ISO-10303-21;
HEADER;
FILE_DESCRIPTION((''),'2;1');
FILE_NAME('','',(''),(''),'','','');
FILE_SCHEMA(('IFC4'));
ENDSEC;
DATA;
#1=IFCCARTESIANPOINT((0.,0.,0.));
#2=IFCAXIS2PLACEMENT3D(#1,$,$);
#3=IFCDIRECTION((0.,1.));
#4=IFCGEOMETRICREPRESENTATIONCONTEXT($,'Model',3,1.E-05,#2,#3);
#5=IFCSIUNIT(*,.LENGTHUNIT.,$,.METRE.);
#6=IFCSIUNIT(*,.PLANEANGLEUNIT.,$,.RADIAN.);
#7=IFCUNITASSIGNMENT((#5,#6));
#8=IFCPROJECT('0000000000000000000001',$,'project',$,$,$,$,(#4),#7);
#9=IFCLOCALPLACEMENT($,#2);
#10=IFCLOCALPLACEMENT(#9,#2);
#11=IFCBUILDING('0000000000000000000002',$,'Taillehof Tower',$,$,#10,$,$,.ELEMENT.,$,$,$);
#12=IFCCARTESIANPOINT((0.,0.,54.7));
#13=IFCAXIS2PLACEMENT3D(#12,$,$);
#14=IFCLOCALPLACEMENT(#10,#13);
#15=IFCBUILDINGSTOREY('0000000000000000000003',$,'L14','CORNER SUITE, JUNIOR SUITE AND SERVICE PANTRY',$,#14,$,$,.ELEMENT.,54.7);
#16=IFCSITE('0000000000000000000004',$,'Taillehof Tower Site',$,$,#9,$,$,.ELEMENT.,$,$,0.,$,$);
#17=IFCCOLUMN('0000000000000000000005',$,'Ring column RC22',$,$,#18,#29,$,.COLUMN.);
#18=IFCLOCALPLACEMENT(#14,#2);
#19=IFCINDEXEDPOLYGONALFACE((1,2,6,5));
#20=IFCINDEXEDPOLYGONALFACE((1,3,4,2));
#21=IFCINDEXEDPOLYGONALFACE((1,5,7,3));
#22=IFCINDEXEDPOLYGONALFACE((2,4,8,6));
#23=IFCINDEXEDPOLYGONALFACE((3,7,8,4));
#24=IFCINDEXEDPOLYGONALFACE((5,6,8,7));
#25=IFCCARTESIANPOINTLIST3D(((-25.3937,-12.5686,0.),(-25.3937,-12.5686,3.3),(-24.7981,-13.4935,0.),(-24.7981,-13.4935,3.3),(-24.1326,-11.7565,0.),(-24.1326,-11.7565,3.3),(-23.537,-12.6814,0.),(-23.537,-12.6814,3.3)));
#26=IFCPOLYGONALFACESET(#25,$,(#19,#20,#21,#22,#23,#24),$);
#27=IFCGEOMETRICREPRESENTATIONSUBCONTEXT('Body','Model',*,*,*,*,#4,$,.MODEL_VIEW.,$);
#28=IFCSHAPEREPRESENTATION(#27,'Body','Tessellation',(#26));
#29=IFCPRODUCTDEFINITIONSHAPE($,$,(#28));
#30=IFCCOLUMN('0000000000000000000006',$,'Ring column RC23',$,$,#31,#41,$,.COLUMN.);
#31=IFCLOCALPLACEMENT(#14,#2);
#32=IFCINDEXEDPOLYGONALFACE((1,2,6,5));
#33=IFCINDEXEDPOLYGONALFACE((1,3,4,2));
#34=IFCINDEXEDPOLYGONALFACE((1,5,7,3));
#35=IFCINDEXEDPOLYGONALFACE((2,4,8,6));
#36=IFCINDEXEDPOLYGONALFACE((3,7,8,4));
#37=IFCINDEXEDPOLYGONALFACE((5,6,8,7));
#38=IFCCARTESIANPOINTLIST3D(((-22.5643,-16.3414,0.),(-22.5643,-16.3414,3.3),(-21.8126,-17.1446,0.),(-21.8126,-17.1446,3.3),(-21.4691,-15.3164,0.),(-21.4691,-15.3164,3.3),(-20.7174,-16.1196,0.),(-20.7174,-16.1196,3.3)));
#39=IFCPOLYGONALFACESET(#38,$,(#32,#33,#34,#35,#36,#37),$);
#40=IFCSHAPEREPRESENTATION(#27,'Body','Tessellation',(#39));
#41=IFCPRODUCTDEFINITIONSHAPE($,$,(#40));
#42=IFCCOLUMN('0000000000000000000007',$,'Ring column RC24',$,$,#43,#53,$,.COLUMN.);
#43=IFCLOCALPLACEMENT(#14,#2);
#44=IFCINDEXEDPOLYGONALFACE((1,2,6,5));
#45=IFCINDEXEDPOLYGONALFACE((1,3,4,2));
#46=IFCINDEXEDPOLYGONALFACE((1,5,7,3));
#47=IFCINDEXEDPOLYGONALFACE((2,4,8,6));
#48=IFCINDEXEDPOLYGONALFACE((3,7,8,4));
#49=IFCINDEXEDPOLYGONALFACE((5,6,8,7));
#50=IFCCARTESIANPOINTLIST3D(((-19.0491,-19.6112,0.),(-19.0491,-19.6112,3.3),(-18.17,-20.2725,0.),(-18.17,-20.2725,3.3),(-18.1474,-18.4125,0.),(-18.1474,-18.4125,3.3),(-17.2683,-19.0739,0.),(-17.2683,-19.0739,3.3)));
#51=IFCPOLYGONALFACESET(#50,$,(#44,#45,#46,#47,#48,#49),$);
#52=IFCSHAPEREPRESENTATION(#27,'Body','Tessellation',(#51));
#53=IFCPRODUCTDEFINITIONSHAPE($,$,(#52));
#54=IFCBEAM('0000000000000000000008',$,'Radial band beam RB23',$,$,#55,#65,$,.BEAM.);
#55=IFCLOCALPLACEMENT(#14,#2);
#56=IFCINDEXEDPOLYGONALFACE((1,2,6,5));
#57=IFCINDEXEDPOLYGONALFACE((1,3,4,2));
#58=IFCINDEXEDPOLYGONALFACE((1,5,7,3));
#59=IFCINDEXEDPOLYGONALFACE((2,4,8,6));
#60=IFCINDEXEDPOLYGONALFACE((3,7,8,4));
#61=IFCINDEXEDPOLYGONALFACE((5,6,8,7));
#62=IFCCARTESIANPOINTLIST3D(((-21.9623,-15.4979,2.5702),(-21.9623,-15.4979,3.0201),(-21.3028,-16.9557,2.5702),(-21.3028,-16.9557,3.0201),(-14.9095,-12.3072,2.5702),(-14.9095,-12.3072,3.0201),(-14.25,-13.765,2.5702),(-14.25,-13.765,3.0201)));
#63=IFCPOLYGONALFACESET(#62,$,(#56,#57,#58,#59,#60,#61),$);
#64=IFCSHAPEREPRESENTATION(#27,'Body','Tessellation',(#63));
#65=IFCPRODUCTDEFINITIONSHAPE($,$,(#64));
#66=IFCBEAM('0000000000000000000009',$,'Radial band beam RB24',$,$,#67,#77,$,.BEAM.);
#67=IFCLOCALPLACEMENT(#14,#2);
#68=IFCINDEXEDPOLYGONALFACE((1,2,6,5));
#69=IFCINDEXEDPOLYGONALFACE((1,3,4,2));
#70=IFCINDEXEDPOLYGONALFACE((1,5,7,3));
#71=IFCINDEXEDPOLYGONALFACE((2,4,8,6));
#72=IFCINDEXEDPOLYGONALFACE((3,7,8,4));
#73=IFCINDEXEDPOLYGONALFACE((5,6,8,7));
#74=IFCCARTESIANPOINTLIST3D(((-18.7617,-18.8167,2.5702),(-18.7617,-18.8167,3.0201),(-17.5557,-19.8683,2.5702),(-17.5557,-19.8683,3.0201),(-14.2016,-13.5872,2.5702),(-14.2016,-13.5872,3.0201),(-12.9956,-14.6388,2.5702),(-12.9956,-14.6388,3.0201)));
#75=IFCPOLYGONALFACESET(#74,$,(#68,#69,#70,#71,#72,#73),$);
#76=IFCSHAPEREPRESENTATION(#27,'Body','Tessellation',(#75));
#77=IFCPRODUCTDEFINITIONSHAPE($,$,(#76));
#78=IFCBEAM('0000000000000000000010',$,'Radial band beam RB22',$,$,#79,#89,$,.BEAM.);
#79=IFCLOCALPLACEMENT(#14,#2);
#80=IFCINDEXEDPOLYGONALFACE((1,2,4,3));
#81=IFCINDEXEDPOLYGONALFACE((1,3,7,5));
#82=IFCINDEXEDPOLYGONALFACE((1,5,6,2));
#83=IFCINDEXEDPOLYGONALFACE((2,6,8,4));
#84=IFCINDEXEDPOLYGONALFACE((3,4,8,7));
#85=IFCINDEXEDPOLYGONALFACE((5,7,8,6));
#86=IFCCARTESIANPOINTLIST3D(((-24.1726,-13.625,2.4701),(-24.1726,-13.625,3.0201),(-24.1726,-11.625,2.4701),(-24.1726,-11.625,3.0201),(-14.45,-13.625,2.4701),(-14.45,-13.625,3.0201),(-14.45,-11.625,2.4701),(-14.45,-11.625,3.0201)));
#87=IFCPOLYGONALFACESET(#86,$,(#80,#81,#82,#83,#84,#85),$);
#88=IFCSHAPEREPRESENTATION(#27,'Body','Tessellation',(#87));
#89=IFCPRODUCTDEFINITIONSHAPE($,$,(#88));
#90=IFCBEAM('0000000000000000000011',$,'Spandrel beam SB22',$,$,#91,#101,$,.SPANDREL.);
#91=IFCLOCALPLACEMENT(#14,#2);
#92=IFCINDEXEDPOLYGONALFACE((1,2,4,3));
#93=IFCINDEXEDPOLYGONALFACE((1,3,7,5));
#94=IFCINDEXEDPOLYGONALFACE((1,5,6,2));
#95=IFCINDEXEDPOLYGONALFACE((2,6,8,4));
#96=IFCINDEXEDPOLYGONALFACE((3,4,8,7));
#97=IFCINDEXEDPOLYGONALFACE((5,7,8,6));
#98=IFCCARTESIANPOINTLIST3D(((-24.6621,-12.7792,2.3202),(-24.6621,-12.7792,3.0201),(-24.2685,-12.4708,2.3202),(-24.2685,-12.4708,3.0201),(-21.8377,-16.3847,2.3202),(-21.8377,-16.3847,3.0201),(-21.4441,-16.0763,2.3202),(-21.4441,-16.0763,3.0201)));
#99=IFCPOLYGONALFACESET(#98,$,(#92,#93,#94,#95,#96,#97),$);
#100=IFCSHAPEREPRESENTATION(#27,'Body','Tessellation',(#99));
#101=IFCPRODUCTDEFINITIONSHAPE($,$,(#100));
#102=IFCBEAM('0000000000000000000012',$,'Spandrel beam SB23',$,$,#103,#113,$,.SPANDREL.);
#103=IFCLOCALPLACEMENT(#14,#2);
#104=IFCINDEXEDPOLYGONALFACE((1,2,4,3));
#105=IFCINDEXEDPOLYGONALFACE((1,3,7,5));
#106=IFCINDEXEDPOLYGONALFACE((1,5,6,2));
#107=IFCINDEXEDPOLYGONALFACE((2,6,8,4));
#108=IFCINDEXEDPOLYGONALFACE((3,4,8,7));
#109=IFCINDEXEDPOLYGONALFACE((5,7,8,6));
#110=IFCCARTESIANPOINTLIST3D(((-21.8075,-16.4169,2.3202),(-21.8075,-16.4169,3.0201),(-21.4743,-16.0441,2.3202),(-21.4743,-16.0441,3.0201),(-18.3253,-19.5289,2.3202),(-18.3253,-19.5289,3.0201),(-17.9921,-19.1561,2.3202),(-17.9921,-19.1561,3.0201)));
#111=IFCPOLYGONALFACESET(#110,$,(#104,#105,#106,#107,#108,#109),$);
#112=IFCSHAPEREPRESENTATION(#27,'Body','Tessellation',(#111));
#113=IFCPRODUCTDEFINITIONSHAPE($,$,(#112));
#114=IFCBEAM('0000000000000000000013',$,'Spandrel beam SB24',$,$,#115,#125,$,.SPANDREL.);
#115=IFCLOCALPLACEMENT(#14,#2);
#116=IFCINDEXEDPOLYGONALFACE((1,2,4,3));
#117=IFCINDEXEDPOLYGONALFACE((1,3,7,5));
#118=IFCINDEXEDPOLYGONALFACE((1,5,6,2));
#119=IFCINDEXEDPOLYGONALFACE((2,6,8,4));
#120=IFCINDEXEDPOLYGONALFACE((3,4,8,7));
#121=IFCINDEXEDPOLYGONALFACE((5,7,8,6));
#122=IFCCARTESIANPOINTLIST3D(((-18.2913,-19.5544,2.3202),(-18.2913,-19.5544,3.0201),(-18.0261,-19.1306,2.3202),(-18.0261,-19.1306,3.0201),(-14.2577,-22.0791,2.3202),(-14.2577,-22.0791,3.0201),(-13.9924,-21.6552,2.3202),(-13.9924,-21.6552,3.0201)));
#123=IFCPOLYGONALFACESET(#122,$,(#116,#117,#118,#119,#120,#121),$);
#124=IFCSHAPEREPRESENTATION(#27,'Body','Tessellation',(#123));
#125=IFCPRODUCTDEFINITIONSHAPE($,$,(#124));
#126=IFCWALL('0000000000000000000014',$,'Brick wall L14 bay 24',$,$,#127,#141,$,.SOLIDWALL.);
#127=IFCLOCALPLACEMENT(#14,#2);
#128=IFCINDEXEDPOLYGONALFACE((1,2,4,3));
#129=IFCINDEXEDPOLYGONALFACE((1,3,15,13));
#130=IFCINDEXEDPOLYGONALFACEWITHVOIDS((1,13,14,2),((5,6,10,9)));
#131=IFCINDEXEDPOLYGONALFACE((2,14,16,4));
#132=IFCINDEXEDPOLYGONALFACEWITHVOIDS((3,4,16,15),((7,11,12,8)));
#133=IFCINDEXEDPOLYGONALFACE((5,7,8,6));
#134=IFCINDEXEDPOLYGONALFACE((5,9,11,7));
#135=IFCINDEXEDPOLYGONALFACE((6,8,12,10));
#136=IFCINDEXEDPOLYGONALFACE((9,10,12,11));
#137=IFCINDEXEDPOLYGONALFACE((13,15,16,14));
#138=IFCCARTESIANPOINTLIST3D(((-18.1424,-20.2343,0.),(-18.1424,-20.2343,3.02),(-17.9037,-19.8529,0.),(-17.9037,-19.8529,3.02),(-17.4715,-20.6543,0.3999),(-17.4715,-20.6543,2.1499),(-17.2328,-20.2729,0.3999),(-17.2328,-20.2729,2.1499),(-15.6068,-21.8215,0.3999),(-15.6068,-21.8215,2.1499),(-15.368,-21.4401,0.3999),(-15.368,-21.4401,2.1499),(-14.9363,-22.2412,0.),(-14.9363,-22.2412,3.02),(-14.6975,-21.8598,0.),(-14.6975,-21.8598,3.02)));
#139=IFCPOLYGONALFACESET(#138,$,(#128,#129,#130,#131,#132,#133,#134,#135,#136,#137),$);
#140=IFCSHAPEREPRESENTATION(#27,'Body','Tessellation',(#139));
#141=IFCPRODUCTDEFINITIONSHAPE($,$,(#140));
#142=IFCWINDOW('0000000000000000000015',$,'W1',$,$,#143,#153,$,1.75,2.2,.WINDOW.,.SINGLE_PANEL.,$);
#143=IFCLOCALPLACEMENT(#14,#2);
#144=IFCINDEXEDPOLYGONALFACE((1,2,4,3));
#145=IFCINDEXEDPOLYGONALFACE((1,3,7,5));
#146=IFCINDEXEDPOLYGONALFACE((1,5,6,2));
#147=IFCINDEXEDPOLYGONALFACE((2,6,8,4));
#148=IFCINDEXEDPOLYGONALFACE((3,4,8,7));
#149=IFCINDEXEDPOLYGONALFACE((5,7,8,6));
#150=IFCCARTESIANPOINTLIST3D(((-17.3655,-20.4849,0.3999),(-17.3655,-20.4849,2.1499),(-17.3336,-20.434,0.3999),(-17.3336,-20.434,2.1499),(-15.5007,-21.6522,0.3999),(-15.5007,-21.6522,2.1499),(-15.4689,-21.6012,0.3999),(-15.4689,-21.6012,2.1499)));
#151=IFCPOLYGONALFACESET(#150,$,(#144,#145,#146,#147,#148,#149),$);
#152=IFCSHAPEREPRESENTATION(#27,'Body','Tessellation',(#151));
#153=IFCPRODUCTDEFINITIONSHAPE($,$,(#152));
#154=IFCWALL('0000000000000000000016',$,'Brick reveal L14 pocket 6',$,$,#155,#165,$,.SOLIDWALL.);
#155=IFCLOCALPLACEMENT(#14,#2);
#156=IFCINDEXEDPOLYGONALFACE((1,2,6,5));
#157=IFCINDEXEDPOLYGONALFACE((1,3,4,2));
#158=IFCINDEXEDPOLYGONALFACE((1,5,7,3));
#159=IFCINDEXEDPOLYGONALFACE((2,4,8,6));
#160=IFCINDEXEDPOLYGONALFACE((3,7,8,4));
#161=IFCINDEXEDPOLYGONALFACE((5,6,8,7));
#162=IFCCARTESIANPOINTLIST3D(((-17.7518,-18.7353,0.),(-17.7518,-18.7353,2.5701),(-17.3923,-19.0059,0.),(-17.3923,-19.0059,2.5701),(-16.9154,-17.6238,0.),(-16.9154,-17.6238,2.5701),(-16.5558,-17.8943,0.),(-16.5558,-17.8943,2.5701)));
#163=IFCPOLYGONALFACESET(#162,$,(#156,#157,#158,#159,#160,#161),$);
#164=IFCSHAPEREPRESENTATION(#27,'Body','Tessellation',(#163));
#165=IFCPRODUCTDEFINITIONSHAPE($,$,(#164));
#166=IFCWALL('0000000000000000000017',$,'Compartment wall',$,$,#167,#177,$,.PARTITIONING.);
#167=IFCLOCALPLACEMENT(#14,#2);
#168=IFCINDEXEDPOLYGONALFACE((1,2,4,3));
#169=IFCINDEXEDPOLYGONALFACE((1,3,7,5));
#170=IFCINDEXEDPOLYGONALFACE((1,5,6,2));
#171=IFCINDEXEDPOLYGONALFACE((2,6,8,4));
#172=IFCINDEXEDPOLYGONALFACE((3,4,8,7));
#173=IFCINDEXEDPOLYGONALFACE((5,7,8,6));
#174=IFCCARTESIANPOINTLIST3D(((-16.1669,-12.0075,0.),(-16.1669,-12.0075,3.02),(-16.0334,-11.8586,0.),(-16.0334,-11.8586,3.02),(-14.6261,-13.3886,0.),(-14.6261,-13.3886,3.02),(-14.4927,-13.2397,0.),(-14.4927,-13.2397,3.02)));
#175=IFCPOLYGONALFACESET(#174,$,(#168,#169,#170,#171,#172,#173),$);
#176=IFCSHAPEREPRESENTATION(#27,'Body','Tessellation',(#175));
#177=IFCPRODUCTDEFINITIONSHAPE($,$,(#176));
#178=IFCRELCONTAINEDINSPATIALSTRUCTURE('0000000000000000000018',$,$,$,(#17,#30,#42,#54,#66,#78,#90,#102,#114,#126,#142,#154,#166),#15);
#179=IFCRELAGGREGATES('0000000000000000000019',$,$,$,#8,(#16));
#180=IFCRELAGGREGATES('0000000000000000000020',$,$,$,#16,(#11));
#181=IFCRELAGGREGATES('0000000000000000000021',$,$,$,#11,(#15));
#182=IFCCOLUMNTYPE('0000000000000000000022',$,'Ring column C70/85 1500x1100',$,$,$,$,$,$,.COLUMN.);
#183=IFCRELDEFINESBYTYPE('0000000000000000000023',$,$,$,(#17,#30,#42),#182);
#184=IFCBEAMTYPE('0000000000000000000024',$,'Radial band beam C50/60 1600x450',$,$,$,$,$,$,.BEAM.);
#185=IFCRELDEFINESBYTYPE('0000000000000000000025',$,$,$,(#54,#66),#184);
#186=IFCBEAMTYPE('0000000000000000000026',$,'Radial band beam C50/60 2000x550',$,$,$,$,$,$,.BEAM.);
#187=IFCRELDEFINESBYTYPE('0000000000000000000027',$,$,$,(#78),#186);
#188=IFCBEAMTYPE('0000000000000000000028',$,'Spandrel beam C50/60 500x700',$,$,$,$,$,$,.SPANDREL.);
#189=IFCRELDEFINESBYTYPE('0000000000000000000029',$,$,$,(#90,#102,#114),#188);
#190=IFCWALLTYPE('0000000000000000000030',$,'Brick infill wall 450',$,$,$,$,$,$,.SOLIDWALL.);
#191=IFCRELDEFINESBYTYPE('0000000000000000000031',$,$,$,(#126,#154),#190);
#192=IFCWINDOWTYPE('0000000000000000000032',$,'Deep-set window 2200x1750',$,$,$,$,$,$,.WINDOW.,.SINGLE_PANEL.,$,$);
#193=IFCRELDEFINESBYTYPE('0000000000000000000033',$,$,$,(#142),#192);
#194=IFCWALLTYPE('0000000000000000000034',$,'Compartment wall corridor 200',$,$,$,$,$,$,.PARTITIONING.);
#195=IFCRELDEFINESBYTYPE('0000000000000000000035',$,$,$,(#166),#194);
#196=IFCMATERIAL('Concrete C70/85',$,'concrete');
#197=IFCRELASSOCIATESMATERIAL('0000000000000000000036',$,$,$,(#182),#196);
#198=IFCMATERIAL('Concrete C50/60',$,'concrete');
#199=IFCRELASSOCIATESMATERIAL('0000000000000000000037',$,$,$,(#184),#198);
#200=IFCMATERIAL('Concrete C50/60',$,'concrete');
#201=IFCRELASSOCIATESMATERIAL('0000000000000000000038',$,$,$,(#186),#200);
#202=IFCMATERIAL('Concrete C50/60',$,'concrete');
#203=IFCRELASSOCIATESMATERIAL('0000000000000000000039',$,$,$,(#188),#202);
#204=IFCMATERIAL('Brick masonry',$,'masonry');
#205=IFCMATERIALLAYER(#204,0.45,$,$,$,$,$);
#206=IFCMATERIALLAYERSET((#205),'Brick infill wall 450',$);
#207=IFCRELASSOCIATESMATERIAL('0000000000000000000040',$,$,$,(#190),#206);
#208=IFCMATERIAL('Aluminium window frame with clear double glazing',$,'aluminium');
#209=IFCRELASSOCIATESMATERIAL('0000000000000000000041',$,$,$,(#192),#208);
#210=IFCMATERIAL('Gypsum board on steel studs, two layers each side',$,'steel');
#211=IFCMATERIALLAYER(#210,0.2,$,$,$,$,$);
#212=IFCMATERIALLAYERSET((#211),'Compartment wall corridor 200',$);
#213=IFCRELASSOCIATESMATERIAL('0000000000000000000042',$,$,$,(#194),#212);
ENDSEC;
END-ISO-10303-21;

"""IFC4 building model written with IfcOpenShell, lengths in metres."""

from ifc_helpers import new_model, si_unit, direction, frame, frame_2d, origin, origin_2d, place, context, subcontext, project, spatial, rectangle, extrude, material, layer, layer_set, material_profile, profile_set, type_object, element, fill, save


model = new_model("IFC4")

# Units and contexts
model_context = context("Model", 3, precision=1e-05, world=origin(), true_north=direction((0.0, 1.0)))
body_context = subcontext(model_context, "Body", "Model", "MODEL_VIEW")
ifc_project = project(units=[si_unit("LENGTHUNIT", "METRE"), si_unit("PLANEANGLEUNIT", "RADIAN")], contexts=[model_context])

# Site, building, storey
site_placement = place(None, origin())
site = spatial("IfcSite", under=ifc_project, at=site_placement, Name="Taillehof Tower Site", CompositionType="ELEMENT", RefElevation=0.0)
building_placement = place(site_placement, origin())
building = spatial("IfcBuilding", under=site, at=building_placement, Name="Taillehof Tower", CompositionType="ELEMENT")
storey_placement = place(building_placement, frame((0.0, 0.0, 54.7)))
storey = spatial("IfcBuildingStorey", under=building, at=storey_placement, Name="L14", Description="CORNER SUITE, JUNIOR SUITE AND SERVICE PANTRY", CompositionType="ELEMENT", Elevation=54.7)

# Columns
ifc_material_1 = material(Name="Concrete C70/85", Category="concrete")
ifc_material_profile_1 = material_profile(ifc_material_1, rectangle(XDim=1.5, YDim=1.1001, at=origin_2d()), Name="RC 1500x1100")
ifc_profile_set_1 = profile_set([ifc_material_profile_1], Name="Concrete C70/85")
column_type = type_object("IfcColumnType", Name="Ring column C70/85 1500x1100", PredefinedType="COLUMN", material=ifc_profile_set_1)
for number, where, z_axis, x_axis, name in (
    (1, (-24.4653, -12.625, 0.0), (0.0, 0.0, 1.0), (-0.840754, -0.541418, 0.0), "Ring column RC22"),
    (2, (-21.6409, -16.2305, 0.0), (0.0, 0.0, 1.0), (-0.730113, -0.683326, 0.0), "Ring column RC23"),
    (3, (-18.1587, -19.3425, 0.0), (0.0, 0.0, 1.0), (-0.601174, -0.799118, 0.0), "Ring column RC24"),
):
    element("IfcColumn", number, at=place(storey_placement, frame(where, z_axis=z_axis, x_axis=x_axis)), inside=storey, type_object=column_type, Name=name, PredefinedType="COLUMN", context=body_context, shape_type="SweptSolid", body=[
        extrude(rectangle(XDim=1.5, YDim=1.1001, at=origin_2d()), origin(), (0.0, 0.0, 1.0), 3.3),
    ])

# Beams
ifc_material_2 = material(Name="Concrete C50/60", Category="concrete")
ifc_material_profile_2 = material_profile(ifc_material_2, rectangle(XDim=1.6001, YDim=0.45, at=origin_2d()), Name="RC 1600x450")
ifc_profile_set_2 = profile_set([ifc_material_profile_2], Name="Concrete C50/60")
beam_type_1 = type_object("IfcBeamType", Name="Radial band beam C50/60 1600x450", PredefinedType="BEAM", material=ifc_profile_set_2)
beam_1_placement = place(storey_placement, frame((-21.6326, -16.2268, 2.7952), z_axis=(0.911101, 0.412184, 0.0), x_axis=(-0.412184, 0.911101, 0.0)))
element("IfcBeam", 4, at=beam_1_placement, inside=storey, type_object=beam_type_1, Name="Radial band beam RB23", PredefinedType="BEAM", context=body_context, shape_type="SweptSolid", body=[
    extrude(rectangle(XDim=1.6001, YDim=0.45, at=origin_2d()), origin(), (0.0, 0.0, 1.0), 7.741),
])
beam_2_placement = place(storey_placement, frame((-18.1587, -19.3425, 2.7952), z_axis=(0.657218, 0.7537, 0.0), x_axis=(-0.7537, 0.657218, 0.0)))
element("IfcBeam", 5, at=beam_2_placement, inside=storey, type_object=beam_type_1, Name="Radial band beam RB24", PredefinedType="BEAM", context=body_context, shape_type="SweptSolid", body=[
    extrude(rectangle(XDim=1.6001, YDim=0.45, at=origin_2d()), origin(), (0.0, 0.0, 1.0), 6.9385),
])
ifc_material_3 = material(Name="Concrete C50/60", Category="concrete")
ifc_material_profile_3 = material_profile(ifc_material_3, rectangle(XDim=2.0, YDim=0.55, at=origin_2d()), Name="RC 2000x550")
ifc_profile_set_3 = profile_set([ifc_material_profile_3], Name="Concrete C50/60")
beam_type_2 = type_object("IfcBeamType", Name="Radial band beam C50/60 2000x550", PredefinedType="BEAM", material=ifc_profile_set_3)
beam_3_placement = place(storey_placement, frame((-24.1726, -12.625, 2.7451), z_axis=(1.0, 0.0, 0.0), x_axis=(0.0, 1.0, 0.0)))
element("IfcBeam", 6, at=beam_3_placement, inside=storey, type_object=beam_type_2, Name="Radial band beam RB22", PredefinedType="BEAM", context=body_context, shape_type="SweptSolid", body=[
    extrude(rectangle(XDim=2.0, YDim=0.55, at=origin_2d()), origin(), (0.0, 0.0, 1.0), 9.7227),
])
ifc_material_4 = material(Name="Concrete C50/60", Category="concrete")
ifc_material_profile_4 = material_profile(ifc_material_4, rectangle(XDim=0.5, YDim=0.7, at=origin_2d()), Name="RC 500x700")
ifc_profile_set_4 = profile_set([ifc_material_profile_4], Name="Concrete C50/60")
beam_type_3 = type_object("IfcBeamType", Name="Spandrel beam C50/60 500x700", PredefinedType="SPANDREL", material=ifc_profile_set_4)
beam_4_placement = place(storey_placement, frame((-24.4653, -12.625, 2.6702), z_axis=(0.616686, -0.787209, 0.0), x_axis=(0.787209, 0.616686, 0.0)))
element("IfcBeam", 7, at=beam_4_placement, inside=storey, type_object=beam_type_3, Name="Spandrel beam SB22", PredefinedType="SPANDREL", context=body_context, shape_type="SweptSolid", body=[
    extrude(rectangle(XDim=0.5, YDim=0.7, at=origin_2d()), origin(), (0.0, 0.0, 1.0), 4.5801),
])
beam_5_placement = place(storey_placement, frame((-21.6409, -16.2305, 2.6702), z_axis=(0.745621, -0.66637, 0.0), x_axis=(0.66637, 0.745621, 0.0)))
element("IfcBeam", 8, at=beam_5_placement, inside=storey, type_object=beam_type_3, Name="Spandrel beam SB23", PredefinedType="SPANDREL", context=body_context, shape_type="SweptSolid", body=[
    extrude(rectangle(XDim=0.5, YDim=0.7, at=origin_2d()), origin(), (0.0, 0.0, 1.0), 4.6702),
])
beam_6_placement = place(storey_placement, frame((-18.1587, -19.3425, 2.6702), z_axis=(0.847658, -0.530543, 0.0), x_axis=(0.530543, 0.847658, 0.0)))
element("IfcBeam", 9, at=beam_6_placement, inside=storey, type_object=beam_type_3, Name="Spandrel beam SB24", PredefinedType="SPANDREL", context=body_context, shape_type="SweptSolid", body=[
    extrude(rectangle(XDim=0.5, YDim=0.7, at=origin_2d()), origin(), (0.0, 0.0, 1.0), 4.7585),
])

# Wall, opening, window
ifc_material_5 = material(Name="Brick masonry", Category="masonry")
ifc_layer_1 = layer(ifc_material_5, 0.45)
ifc_layer_set_1 = layer_set([ifc_layer_1], Name="Brick infill wall 450")
wall_type_1 = type_object("IfcWallType", Name="Brick infill wall 450", PredefinedType="SOLIDWALL", material=ifc_layer_set_1)
wall_1_placement = place(storey_placement, frame((-18.0229, -20.0437, 0.0), z_axis=(0.0, 0.0, 1.0), x_axis=(0.847635, -0.530579, 0.0)))
wall_1 = element("IfcWall", 10, at=wall_1_placement, inside=storey, type_object=wall_type_1, Name="Brick wall L14 bay 24", PredefinedType="SOLIDWALL", context=body_context, shape_type="SweptSolid", body=[
    extrude(rectangle(XDim=3.7825, YDim=0.45, at=frame_2d((1.8911, 0.0))), origin(), (0.0, 0.0, 1.0), 3.02),
])
opening_1_placement = place(wall_1_placement, frame((0.7913, 0.0, 0.3999)))
opening_1 = element("IfcOpeningElement", 11, at=opening_1_placement, cuts=wall_1, PredefinedType="OPENING", context=body_context, shape_type="SweptSolid", body=[
    extrude(rectangle(XDim=2.2, YDim=1.75, at=frame_2d((1.1001, 0.875))), frame((0.0, 0.2349, 0.0), z_axis=(0.0, -1.0, 0.0), x_axis=(1.0, 0.0, 0.0)), (0.0, 0.0, 1.0), 0.47),
])
ifc_material_6 = material(Name="Aluminium window frame with clear double glazing", Category="aluminium")
window_type_1 = type_object("IfcWindowType", Name="Deep-set window 2200x1750", PartitioningType="SINGLE_PANEL", PredefinedType="WINDOW", material=ifc_material_6)
window_1_placement = place(opening_1_placement, origin())
window_1 = element("IfcWindow", 12, at=window_1_placement, inside=storey, type_object=window_type_1, Name="W1", OverallHeight=1.75, OverallWidth=2.2, PartitioningType="SINGLE_PANEL", PredefinedType="WINDOW", context=body_context, shape_type="SweptSolid", body=[
    extrude(rectangle(XDim=2.2, YDim=1.75, at=frame_2d((1.1001, 0.875))), frame((0.0, 0.0349, 0.0), z_axis=(0.0, -1.0, 0.0), x_axis=(1.0, 0.0, 0.0)), (0.0, 0.0, 1.0), 0.0601),
])
fill(opening_1, window_1)

# Wall
wall_2_placement = place(storey_placement, frame((-17.572, -18.8706, 0.0), z_axis=(0.0, 0.0, 1.0), x_axis=(0.601263, 0.799051, 0.0)))
element("IfcWall", 13, at=wall_2_placement, inside=storey, type_object=wall_type_1, Name="Brick reveal L14 pocket 6", PredefinedType="SOLIDWALL", context=body_context, shape_type="SweptSolid", body=[
    extrude(rectangle(XDim=1.3911, YDim=0.45, at=frame_2d((0.6956, 0.0))), origin(), (0.0, 0.0, 1.0), 2.5701),
])

# Wall
ifc_material_7 = material(Name="Gypsum board on steel studs, two layers each side", Category="steel")
ifc_layer_2 = layer(ifc_material_7, 0.2)
ifc_layer_set_2 = layer_set([ifc_layer_2], Name="Compartment wall corridor 200")
wall_type_2 = type_object("IfcWallType", Name="Compartment wall corridor 200", PredefinedType="PARTITIONING", material=ifc_layer_set_2)
wall_3_placement = place(storey_placement, frame((-14.5593, -13.3142, 0.0), z_axis=(0.0, 0.0, 1.0), x_axis=(-0.744636, 0.667471, 0.0)))
element("IfcWall", 14, at=wall_3_placement, inside=storey, type_object=wall_type_2, Name="Compartment wall", PredefinedType="PARTITIONING", context=body_context, shape_type="SweptSolid", body=[
    extrude(rectangle(XDim=2.0691, YDim=0.2, at=frame_2d((1.0347, 0.0))), origin(), (0.0, 0.0, 1.0), 3.02),
])

save(model, "model.ifc")
